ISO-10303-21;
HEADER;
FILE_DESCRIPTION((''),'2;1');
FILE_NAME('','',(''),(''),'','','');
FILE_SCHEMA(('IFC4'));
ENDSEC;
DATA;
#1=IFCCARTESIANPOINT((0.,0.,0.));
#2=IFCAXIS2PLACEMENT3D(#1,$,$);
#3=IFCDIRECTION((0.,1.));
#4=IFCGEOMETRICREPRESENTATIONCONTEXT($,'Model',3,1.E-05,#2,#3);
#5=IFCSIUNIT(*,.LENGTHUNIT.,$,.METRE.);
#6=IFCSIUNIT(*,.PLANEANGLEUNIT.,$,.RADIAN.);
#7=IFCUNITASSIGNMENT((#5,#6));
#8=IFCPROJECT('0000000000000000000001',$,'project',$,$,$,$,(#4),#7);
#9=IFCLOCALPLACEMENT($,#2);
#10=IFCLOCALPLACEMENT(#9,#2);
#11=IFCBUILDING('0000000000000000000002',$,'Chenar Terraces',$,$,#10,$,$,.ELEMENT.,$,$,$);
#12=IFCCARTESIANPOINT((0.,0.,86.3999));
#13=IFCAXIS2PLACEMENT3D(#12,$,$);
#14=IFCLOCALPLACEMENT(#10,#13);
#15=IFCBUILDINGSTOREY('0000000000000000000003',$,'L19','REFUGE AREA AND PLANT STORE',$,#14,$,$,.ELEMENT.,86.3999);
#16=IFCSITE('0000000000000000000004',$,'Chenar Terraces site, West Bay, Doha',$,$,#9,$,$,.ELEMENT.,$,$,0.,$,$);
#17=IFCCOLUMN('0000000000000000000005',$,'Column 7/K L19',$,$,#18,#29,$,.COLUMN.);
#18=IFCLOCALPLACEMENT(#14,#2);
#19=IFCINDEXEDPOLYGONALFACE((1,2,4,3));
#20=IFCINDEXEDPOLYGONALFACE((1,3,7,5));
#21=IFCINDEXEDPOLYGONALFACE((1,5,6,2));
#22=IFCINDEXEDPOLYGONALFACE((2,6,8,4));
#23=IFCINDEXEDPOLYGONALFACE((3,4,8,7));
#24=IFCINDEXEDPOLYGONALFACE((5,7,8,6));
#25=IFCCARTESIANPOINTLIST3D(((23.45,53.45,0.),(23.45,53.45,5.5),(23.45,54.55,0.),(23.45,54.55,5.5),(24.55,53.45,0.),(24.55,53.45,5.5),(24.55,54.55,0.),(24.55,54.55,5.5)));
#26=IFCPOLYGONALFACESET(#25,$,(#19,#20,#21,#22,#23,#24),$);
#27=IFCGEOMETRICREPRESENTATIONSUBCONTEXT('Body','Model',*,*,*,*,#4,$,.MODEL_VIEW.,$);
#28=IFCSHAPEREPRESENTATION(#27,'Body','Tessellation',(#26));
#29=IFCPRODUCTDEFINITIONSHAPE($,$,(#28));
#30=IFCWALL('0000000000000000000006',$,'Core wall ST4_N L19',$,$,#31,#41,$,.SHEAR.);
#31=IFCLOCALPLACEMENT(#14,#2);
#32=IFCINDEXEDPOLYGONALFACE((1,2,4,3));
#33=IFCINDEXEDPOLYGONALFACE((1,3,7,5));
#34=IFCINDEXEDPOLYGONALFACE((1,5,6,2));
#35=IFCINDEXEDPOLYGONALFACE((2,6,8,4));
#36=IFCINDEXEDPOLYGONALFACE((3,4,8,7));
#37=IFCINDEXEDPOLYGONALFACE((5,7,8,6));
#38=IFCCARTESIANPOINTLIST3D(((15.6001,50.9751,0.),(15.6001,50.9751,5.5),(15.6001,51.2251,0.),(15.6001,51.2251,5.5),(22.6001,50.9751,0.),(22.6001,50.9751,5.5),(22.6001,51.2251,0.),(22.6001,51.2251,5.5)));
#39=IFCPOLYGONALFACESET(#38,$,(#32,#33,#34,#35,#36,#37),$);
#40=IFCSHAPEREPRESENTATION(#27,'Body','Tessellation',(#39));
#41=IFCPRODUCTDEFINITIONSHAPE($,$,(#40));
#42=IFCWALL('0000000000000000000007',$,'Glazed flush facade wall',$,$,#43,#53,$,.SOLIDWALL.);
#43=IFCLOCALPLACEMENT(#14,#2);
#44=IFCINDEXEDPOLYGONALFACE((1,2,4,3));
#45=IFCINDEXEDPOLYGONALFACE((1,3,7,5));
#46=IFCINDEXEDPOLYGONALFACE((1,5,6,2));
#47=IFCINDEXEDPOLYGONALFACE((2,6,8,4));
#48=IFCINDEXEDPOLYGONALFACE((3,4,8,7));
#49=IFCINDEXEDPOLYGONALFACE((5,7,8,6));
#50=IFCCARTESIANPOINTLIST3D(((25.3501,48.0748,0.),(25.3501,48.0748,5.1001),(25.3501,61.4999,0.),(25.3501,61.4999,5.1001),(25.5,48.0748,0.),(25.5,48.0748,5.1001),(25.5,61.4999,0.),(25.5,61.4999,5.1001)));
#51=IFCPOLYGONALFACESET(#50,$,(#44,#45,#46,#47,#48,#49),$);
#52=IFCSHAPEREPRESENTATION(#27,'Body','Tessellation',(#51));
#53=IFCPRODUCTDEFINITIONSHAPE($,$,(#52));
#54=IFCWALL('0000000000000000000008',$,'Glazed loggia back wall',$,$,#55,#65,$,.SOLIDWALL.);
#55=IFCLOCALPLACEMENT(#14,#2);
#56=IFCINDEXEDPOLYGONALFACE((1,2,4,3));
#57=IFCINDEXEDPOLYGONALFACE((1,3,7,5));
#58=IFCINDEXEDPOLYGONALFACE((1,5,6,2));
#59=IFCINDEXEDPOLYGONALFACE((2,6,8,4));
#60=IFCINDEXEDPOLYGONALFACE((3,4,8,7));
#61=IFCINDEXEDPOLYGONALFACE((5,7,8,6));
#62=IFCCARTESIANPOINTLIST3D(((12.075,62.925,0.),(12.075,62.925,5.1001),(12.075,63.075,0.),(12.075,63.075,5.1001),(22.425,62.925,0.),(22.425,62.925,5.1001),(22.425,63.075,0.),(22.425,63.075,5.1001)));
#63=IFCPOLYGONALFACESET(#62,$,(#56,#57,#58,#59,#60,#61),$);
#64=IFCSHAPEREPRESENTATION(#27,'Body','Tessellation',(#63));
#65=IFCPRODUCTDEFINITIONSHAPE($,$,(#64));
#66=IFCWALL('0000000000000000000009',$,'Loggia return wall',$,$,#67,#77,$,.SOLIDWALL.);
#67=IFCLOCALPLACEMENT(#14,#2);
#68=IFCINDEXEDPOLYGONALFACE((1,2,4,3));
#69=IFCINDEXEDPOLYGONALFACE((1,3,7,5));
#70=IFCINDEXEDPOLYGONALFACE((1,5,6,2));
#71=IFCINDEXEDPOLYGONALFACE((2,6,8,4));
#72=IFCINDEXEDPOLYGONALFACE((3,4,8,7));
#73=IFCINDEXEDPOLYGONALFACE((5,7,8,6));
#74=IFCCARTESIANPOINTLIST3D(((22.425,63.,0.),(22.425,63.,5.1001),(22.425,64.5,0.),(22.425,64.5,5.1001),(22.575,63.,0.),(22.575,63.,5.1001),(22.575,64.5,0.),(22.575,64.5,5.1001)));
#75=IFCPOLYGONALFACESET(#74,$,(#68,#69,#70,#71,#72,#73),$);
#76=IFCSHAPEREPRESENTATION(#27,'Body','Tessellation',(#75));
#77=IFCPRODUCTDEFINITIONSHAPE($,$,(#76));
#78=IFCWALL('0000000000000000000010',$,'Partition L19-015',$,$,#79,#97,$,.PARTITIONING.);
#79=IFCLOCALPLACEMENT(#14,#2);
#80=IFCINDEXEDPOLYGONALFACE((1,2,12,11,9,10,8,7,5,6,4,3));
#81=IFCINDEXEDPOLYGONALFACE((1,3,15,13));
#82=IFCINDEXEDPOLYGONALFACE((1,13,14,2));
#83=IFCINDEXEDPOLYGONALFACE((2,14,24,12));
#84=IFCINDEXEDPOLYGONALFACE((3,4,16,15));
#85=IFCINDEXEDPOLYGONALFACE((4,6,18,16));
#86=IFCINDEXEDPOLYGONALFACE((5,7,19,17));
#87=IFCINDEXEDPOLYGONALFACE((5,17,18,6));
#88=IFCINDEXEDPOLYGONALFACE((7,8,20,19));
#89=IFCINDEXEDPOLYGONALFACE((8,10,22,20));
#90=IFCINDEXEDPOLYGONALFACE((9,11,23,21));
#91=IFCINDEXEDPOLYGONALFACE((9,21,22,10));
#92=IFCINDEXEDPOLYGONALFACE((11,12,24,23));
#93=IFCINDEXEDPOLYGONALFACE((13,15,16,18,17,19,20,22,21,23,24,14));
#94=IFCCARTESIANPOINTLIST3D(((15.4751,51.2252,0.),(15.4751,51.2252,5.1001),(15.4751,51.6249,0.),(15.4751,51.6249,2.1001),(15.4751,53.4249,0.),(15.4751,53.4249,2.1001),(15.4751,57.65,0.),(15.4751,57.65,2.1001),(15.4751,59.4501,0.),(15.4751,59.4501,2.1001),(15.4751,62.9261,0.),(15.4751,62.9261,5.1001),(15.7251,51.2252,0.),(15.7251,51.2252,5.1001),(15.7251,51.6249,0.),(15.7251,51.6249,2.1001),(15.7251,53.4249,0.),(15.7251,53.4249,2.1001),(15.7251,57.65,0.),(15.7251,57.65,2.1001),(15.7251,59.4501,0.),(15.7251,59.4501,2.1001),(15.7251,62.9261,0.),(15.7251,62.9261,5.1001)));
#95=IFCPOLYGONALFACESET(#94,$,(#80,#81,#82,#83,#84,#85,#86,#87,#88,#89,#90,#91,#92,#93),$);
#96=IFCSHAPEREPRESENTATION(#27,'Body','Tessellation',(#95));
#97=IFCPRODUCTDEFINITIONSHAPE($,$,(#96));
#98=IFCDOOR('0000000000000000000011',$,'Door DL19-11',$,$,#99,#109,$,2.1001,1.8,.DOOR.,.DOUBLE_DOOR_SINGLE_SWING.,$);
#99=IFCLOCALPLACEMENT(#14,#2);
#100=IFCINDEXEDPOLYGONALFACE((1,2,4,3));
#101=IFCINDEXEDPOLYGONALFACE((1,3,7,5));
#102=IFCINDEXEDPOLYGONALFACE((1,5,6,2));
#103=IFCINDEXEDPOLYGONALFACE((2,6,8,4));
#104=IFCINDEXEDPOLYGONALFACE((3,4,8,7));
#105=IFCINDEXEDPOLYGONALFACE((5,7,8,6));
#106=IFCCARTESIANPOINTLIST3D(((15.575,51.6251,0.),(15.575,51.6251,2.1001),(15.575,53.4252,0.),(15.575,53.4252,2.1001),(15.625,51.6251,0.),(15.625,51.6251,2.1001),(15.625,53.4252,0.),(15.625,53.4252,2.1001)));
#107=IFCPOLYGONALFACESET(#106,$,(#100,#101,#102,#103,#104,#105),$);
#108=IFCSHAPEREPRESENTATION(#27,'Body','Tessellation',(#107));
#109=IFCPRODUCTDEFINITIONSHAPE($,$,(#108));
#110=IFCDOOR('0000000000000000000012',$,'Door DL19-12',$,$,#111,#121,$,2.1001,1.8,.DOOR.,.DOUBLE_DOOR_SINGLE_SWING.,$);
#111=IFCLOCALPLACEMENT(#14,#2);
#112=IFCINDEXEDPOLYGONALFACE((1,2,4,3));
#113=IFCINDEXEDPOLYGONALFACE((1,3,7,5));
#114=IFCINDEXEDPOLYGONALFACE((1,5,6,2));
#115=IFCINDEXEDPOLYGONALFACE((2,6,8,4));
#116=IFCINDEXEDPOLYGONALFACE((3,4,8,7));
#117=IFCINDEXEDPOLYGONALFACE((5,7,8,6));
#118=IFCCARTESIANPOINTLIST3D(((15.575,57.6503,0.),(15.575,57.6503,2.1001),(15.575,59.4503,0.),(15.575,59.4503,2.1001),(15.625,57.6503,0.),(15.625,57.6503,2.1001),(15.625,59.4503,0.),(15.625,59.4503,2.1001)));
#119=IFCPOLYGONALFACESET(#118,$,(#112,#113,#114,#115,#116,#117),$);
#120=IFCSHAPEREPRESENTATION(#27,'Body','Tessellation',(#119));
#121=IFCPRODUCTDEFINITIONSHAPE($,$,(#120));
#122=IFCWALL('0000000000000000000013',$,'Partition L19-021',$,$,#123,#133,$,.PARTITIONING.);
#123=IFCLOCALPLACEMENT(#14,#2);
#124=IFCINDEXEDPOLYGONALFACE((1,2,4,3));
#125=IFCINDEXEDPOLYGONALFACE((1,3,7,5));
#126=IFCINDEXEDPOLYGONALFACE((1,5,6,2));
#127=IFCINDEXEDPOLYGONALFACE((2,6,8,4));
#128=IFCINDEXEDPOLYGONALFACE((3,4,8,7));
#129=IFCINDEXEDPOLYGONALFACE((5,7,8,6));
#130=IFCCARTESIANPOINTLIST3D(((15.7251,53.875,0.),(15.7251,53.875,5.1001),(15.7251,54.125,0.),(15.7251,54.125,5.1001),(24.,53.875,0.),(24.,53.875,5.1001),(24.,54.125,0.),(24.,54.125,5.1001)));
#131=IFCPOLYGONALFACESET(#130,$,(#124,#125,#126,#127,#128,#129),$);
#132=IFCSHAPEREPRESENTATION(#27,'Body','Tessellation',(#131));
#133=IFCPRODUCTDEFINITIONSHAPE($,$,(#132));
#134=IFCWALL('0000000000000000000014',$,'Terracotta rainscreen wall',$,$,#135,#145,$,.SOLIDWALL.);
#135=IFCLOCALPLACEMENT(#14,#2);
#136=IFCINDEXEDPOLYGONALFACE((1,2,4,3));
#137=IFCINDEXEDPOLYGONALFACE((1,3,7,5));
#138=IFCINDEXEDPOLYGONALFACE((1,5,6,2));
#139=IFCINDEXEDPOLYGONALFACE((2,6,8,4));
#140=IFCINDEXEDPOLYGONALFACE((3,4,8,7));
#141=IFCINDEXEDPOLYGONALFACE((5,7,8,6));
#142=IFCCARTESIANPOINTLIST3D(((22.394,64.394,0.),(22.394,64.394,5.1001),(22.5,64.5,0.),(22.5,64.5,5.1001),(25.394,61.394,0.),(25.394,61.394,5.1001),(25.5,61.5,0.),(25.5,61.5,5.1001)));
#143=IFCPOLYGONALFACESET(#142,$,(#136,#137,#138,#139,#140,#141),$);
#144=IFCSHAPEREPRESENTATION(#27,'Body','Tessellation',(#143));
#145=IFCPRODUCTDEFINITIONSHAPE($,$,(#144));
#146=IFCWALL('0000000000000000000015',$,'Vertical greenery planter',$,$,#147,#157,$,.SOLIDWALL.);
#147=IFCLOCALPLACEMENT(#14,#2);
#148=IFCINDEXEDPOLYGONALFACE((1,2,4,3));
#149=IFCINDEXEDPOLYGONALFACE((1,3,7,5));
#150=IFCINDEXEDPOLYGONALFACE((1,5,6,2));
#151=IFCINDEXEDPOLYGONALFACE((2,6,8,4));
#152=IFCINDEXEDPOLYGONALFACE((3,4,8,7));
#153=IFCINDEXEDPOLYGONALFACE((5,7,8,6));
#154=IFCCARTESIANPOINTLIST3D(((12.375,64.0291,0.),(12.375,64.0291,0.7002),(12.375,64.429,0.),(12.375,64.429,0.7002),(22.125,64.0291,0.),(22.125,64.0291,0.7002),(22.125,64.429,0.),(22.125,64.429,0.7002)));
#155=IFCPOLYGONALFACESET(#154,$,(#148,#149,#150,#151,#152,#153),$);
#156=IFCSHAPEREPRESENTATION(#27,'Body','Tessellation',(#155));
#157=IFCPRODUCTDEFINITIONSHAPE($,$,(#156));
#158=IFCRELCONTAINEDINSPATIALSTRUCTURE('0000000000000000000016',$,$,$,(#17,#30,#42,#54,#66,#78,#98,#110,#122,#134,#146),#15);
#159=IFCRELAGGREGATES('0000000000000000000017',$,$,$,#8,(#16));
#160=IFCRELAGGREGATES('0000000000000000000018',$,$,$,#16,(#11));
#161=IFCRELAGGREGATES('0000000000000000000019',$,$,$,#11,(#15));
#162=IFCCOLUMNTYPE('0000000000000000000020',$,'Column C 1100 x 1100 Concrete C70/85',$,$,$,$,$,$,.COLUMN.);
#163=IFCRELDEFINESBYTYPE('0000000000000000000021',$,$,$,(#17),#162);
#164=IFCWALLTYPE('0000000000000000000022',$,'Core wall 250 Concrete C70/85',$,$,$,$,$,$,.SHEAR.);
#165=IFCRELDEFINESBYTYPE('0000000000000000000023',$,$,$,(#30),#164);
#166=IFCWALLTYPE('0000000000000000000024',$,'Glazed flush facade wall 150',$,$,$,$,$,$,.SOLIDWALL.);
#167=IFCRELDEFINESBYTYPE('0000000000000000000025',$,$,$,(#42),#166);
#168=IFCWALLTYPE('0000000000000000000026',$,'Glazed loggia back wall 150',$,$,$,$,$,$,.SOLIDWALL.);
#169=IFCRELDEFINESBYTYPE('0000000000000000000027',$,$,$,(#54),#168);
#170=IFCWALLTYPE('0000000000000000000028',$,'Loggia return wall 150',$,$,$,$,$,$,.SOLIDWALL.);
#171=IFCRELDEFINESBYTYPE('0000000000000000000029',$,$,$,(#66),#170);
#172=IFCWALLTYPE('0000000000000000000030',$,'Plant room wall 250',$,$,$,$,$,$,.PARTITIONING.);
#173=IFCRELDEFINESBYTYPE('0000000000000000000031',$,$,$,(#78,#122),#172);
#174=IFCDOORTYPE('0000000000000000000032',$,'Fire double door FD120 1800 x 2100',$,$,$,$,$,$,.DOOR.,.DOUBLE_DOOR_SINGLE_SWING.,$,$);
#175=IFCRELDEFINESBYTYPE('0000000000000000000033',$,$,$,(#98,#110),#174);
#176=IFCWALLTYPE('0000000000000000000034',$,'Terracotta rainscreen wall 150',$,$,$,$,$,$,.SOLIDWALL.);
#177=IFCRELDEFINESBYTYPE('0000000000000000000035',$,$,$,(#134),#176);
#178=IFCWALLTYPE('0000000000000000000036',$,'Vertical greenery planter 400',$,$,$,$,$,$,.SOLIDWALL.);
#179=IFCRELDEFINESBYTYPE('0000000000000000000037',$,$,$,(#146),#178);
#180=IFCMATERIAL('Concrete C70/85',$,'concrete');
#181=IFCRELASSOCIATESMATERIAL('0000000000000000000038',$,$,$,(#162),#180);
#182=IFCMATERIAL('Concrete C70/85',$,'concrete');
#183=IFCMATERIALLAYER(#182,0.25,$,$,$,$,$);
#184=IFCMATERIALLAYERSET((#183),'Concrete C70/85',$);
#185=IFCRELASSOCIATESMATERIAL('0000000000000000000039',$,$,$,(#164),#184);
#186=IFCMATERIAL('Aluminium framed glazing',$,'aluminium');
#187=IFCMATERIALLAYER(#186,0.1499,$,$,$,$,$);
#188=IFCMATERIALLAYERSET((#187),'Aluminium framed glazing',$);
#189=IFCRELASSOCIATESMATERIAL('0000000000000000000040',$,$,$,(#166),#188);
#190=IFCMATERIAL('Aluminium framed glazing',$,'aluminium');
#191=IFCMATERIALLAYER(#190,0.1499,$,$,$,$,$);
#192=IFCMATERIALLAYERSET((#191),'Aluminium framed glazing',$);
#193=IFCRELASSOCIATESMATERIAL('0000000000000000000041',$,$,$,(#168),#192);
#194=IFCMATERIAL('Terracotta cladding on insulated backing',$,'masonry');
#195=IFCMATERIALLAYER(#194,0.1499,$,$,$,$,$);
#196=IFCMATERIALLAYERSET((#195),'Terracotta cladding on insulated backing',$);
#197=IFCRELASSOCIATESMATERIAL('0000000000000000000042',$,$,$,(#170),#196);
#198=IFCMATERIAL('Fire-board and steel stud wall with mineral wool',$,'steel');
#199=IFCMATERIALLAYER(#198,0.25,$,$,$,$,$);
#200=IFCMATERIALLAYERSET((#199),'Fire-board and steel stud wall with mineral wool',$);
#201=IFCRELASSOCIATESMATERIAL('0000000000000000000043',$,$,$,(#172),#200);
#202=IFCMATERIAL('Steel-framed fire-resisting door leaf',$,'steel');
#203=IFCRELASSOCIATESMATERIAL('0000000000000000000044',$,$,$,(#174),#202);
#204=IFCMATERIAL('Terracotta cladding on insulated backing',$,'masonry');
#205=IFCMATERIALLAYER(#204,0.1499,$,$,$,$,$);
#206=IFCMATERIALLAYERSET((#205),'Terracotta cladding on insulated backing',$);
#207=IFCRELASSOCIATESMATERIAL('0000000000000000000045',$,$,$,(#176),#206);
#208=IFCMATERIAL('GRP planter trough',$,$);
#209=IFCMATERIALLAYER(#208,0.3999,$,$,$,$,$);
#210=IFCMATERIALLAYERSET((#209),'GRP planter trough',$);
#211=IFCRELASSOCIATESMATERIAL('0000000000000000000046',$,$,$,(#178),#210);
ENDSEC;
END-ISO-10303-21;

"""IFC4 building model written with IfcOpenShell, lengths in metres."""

from ifc_helpers import new_model, si_unit, direction, frame, frame_2d, origin, origin_2d, place, context, subcontext, project, spatial, rectangle, extrude, material, layer, layer_set, material_profile, profile_set, type_object, element, fill, save


model = new_model("IFC4")

# Units and contexts
model_context = context("Model", 3, precision=1e-05, world=origin(), true_north=direction((0.0, 1.0)))
body_context = subcontext(model_context, "Body", "Model", "MODEL_VIEW")
ifc_project = project(units=[si_unit("LENGTHUNIT", "METRE"), si_unit("PLANEANGLEUNIT", "RADIAN")], contexts=[model_context])

# Site, building, storey
site_placement = place(None, origin())
site = spatial("IfcSite", under=ifc_project, at=site_placement, Name="Chenar Terraces site, West Bay, Doha", CompositionType="ELEMENT", RefElevation=0.0)
building_placement = place(site_placement, origin())
building = spatial("IfcBuilding", under=site, at=building_placement, Name="Chenar Terraces", CompositionType="ELEMENT")
storey_placement = place(building_placement, frame((0.0, 0.0, 86.3999)))
storey = spatial("IfcBuildingStorey", under=building, at=storey_placement, Name="L19", Description="REFUGE AREA AND PLANT STORE", CompositionType="ELEMENT", Elevation=86.3999)

# Column
ifc_material_1 = material(Name="Concrete C70/85", Category="concrete")
ifc_material_profile_1 = material_profile(ifc_material_1, rectangle(XDim=1.1001, YDim=1.1001, at=origin_2d()), Name="C 1100 x 1100")
ifc_profile_set_1 = profile_set([ifc_material_profile_1], Name="Concrete C70/85")
column_type = type_object("IfcColumnType", Name="Column C 1100 x 1100 Concrete C70/85", PredefinedType="COLUMN", material=ifc_profile_set_1)
column_placement = place(storey_placement, frame((24.0, 54.0, 0.0), z_axis=(0.0, 0.0, 1.0), x_axis=(1.0, 0.0, 0.0)))
element("IfcColumn", 1, at=column_placement, inside=storey, type_object=column_type, Name="Column 7/K L19", PredefinedType="COLUMN", context=body_context, shape_type="SweptSolid", body=[
    extrude(rectangle(XDim=1.1001, YDim=1.1001, at=origin_2d()), origin(), (0.0, 0.0, 1.0), 5.5),
])

# Walls
ifc_material_2 = material(Name="Concrete C70/85", Category="concrete")
ifc_layer_1 = layer(ifc_material_2, 0.25)
ifc_layer_set_1 = layer_set([ifc_layer_1], Name="Concrete C70/85")
wall_type_1 = type_object("IfcWallType", Name="Core wall 250 Concrete C70/85", PredefinedType="SHEAR", material=ifc_layer_set_1)
wall_1_placement = place(storey_placement, frame((15.6001, 51.1001, 0.0), z_axis=(0.0, 0.0, 1.0), x_axis=(1.0, 0.0, 0.0)))
element("IfcWall", 2, at=wall_1_placement, inside=storey, type_object=wall_type_1, Name="Core wall ST4_N L19", PredefinedType="SHEAR", context=body_context, shape_type="SweptSolid", body=[
    extrude(rectangle(XDim=7.0, YDim=0.25, at=frame_2d((3.5, 0.0))), origin(), (0.0, 0.0, 1.0), 5.5),
])
ifc_material_3 = material(Name="Aluminium framed glazing", Category="aluminium")
ifc_layer_2 = layer(ifc_material_3, 0.1499)
ifc_layer_set_2 = layer_set([ifc_layer_2], Name="Aluminium framed glazing")
wall_type_2 = type_object("IfcWallType", Name="Glazed flush facade wall 150", PredefinedType="SOLIDWALL", material=ifc_layer_set_2)
wall_2_placement = place(storey_placement, frame((25.425, 48.075, 0.0), z_axis=(0.0, 0.0, 1.0), x_axis=(0.0, 1.0, 0.0)))
element("IfcWall", 3, at=wall_2_placement, inside=storey, type_object=wall_type_2, Name="Glazed flush facade wall", PredefinedType="SOLIDWALL", context=body_context, shape_type="SweptSolid", body=[
    extrude(rectangle(XDim=13.425, YDim=0.1499, at=frame_2d((6.7124, 0.0))), origin(), (0.0, 0.0, 1.0), 5.1001),
])
ifc_material_4 = material(Name="Aluminium framed glazing", Category="aluminium")
ifc_layer_3 = layer(ifc_material_4, 0.1499)
ifc_layer_set_3 = layer_set([ifc_layer_3], Name="Aluminium framed glazing")
wall_type_3 = type_object("IfcWallType", Name="Glazed loggia back wall 150", PredefinedType="SOLIDWALL", material=ifc_layer_set_3)
wall_3_placement = place(storey_placement, frame((22.425, 63.0, 0.0), z_axis=(0.0, 0.0, 1.0), x_axis=(-1.0, 0.0, 0.0)))
element("IfcWall", 4, at=wall_3_placement, inside=storey, type_object=wall_type_3, Name="Glazed loggia back wall", PredefinedType="SOLIDWALL", context=body_context, shape_type="SweptSolid", body=[
    extrude(rectangle(XDim=10.3501, YDim=0.1499, at=frame_2d((5.175, 0.0))), origin(), (0.0, 0.0, 1.0), 5.1001),
])
ifc_material_5 = material(Name="Terracotta cladding on insulated backing", Category="masonry")
ifc_layer_4 = layer(ifc_material_5, 0.1499)
ifc_layer_set_4 = layer_set([ifc_layer_4], Name="Terracotta cladding on insulated backing")
wall_type_4 = type_object("IfcWallType", Name="Loggia return wall 150", PredefinedType="SOLIDWALL", material=ifc_layer_set_4)
wall_4_placement = place(storey_placement, frame((22.5, 64.5, 0.0), z_axis=(0.0, 0.0, 1.0), x_axis=(0.0, -1.0, 0.0)))
element("IfcWall", 5, at=wall_4_placement, inside=storey, type_object=wall_type_4, Name="Loggia return wall", PredefinedType="SOLIDWALL", context=body_context, shape_type="SweptSolid", body=[
    extrude(rectangle(XDim=1.5, YDim=0.1499, at=frame_2d((0.75, 0.0))), origin(), (0.0, 0.0, 1.0), 5.1001),
])

# Wall, openings, doors
ifc_material_6 = material(Name="Fire-board and steel stud wall with mineral wool", Category="steel")
ifc_layer_5 = layer(ifc_material_6, 0.25)
ifc_layer_set_5 = layer_set([ifc_layer_5], Name="Fire-board and steel stud wall with mineral wool")
wall_type_5 = type_object("IfcWallType", Name="Plant room wall 250", PredefinedType="PARTITIONING", material=ifc_layer_set_5)
wall_5_placement = place(storey_placement, frame((15.6001, 51.2251, 0.0), z_axis=(0.0, 0.0, 1.0), x_axis=(0.0, 1.0, 0.0)))
wall_5 = element("IfcWall", 6, at=wall_5_placement, inside=storey, type_object=wall_type_5, Name="Partition L19-015", PredefinedType="PARTITIONING", context=body_context, shape_type="SweptSolid", body=[
    extrude(rectangle(XDim=11.7009, YDim=0.25, at=frame_2d((5.8506, 0.0))), origin(), (0.0, 0.0, 1.0), 5.1001),
])
opening_1_placement = place(wall_5_placement, frame((0.3999, 0.0, 0.0)))
opening_1 = element("IfcOpeningElement", 7, at=opening_1_placement, cuts=wall_5, PredefinedType="OPENING", context=body_context, shape_type="SweptSolid", body=[
    extrude(rectangle(XDim=1.8, YDim=2.1001, at=frame_2d((0.8999, 1.05))), frame((0.0, 0.135, 0.0), z_axis=(0.0, -1.0, 0.0), x_axis=(1.0, 0.0, 0.0)), (0.0, 0.0, 1.0), 0.27),
])
opening_2_placement = place(wall_5_placement, frame((6.425, 0.0, 0.0)))
opening_2 = element("IfcOpeningElement", 8, at=opening_2_placement, cuts=wall_5, PredefinedType="OPENING", context=body_context, shape_type="SweptSolid", body=[
    extrude(rectangle(XDim=1.8, YDim=2.1001, at=frame_2d((0.8999, 1.05))), frame((0.0, 0.135, 0.0), z_axis=(0.0, -1.0, 0.0), x_axis=(1.0, 0.0, 0.0)), (0.0, 0.0, 1.0), 0.27),
])
ifc_material_7 = material(Name="Steel-framed fire-resisting door leaf", Category="steel")
door_type = type_object("IfcDoorType", Name="Fire double door FD120 1800 x 2100", OperationType="DOUBLE_DOOR_SINGLE_SWING", PredefinedType="DOOR", material=ifc_material_7)
door_1_placement = place(opening_1_placement, frame((1.8, 0.0, 0.0), z_axis=(0.0, 0.0, 1.0), x_axis=(-1.0, 0.0, 0.0)))
door_1 = element("IfcDoor", 9, at=door_1_placement, inside=storey, type_object=door_type, Name="Door DL19-11", OperationType="DOUBLE_DOOR_SINGLE_SWING", OverallHeight=2.1001, OverallWidth=1.8, PredefinedType="DOOR", context=body_context, shape_type="SweptSolid", body=[
    extrude(rectangle(XDim=1.8, YDim=2.1001, at=frame_2d((0.8999, 1.05))), frame((0.0, 0.0249, 0.0), z_axis=(0.0, -1.0, 0.0), x_axis=(1.0, 0.0, 0.0)), (0.0, 0.0, 1.0), 0.05),
])
fill(opening_1, door_1)
door_2_placement = place(opening_2_placement, frame((1.8, 0.0, 0.0), z_axis=(0.0, 0.0, 1.0), x_axis=(-1.0, 0.0, 0.0)))
door_2 = element("IfcDoor", 10, at=door_2_placement, inside=storey, type_object=door_type, Name="Door DL19-12", OperationType="DOUBLE_DOOR_SINGLE_SWING", OverallHeight=2.1001, OverallWidth=1.8, PredefinedType="DOOR", context=body_context, shape_type="SweptSolid", body=[
    extrude(rectangle(XDim=1.8, YDim=2.1001, at=frame_2d((0.8999, 1.05))), frame((0.0, 0.0249, 0.0), z_axis=(0.0, -1.0, 0.0), x_axis=(1.0, 0.0, 0.0)), (0.0, 0.0, 1.0), 0.05),
])
fill(opening_2, door_2)

# Walls
wall_6_placement = place(storey_placement, frame((15.7251, 54.0, 0.0), z_axis=(0.0, 0.0, 1.0), x_axis=(1.0, 0.0, 0.0)))
element("IfcWall", 11, at=wall_6_placement, inside=storey, type_object=wall_type_5, Name="Partition L19-021", PredefinedType="PARTITIONING", context=body_context, shape_type="SweptSolid", body=[
    extrude(rectangle(XDim=8.2749, YDim=0.25, at=frame_2d((4.1375, 0.0))), origin(), (0.0, 0.0, 1.0), 5.1001),
])
ifc_material_8 = material(Name="Terracotta cladding on insulated backing", Category="masonry")
ifc_layer_6 = layer(ifc_material_8, 0.1499)
ifc_layer_set_6 = layer_set([ifc_layer_6], Name="Terracotta cladding on insulated backing")
wall_type_6 = type_object("IfcWallType", Name="Terracotta rainscreen wall 150", PredefinedType="SOLIDWALL", material=ifc_layer_set_6)
wall_7_placement = place(storey_placement, frame((25.447, 61.447, 0.0), z_axis=(0.0, 0.0, 1.0), x_axis=(-0.707107, 0.707107, 0.0)))
element("IfcWall", 12, at=wall_7_placement, inside=storey, type_object=wall_type_6, Name="Terracotta rainscreen wall", PredefinedType="SOLIDWALL", context=body_context, shape_type="SweptSolid", body=[
    extrude(rectangle(XDim=4.2427, YDim=0.1499, at=frame_2d((2.1213, 0.0))), origin(), (0.0, 0.0, 1.0), 5.1001),
])
ifc_material_9 = material(Name="GRP planter trough")
ifc_layer_7 = layer(ifc_material_9, 0.3999)
ifc_layer_set_7 = layer_set([ifc_layer_7], Name="GRP planter trough")
wall_type_7 = type_object("IfcWallType", Name="Vertical greenery planter 400", PredefinedType="SOLIDWALL", material=ifc_layer_set_7)
wall_8_placement = place(storey_placement, frame((22.125, 64.229, 0.0), z_axis=(0.0, 0.0, 1.0), x_axis=(-1.0, 0.0, 0.0)))
element("IfcWall", 13, at=wall_8_placement, inside=storey, type_object=wall_type_7, Name="Vertical greenery planter", PredefinedType="SOLIDWALL", context=body_context, shape_type="SweptSolid", body=[
    extrude(rectangle(XDim=9.75, YDim=0.3999, at=frame_2d((4.875, 0.0))), origin(), (0.0, 0.0, 1.0), 0.7002),
])

save(model, "model.ifc")
